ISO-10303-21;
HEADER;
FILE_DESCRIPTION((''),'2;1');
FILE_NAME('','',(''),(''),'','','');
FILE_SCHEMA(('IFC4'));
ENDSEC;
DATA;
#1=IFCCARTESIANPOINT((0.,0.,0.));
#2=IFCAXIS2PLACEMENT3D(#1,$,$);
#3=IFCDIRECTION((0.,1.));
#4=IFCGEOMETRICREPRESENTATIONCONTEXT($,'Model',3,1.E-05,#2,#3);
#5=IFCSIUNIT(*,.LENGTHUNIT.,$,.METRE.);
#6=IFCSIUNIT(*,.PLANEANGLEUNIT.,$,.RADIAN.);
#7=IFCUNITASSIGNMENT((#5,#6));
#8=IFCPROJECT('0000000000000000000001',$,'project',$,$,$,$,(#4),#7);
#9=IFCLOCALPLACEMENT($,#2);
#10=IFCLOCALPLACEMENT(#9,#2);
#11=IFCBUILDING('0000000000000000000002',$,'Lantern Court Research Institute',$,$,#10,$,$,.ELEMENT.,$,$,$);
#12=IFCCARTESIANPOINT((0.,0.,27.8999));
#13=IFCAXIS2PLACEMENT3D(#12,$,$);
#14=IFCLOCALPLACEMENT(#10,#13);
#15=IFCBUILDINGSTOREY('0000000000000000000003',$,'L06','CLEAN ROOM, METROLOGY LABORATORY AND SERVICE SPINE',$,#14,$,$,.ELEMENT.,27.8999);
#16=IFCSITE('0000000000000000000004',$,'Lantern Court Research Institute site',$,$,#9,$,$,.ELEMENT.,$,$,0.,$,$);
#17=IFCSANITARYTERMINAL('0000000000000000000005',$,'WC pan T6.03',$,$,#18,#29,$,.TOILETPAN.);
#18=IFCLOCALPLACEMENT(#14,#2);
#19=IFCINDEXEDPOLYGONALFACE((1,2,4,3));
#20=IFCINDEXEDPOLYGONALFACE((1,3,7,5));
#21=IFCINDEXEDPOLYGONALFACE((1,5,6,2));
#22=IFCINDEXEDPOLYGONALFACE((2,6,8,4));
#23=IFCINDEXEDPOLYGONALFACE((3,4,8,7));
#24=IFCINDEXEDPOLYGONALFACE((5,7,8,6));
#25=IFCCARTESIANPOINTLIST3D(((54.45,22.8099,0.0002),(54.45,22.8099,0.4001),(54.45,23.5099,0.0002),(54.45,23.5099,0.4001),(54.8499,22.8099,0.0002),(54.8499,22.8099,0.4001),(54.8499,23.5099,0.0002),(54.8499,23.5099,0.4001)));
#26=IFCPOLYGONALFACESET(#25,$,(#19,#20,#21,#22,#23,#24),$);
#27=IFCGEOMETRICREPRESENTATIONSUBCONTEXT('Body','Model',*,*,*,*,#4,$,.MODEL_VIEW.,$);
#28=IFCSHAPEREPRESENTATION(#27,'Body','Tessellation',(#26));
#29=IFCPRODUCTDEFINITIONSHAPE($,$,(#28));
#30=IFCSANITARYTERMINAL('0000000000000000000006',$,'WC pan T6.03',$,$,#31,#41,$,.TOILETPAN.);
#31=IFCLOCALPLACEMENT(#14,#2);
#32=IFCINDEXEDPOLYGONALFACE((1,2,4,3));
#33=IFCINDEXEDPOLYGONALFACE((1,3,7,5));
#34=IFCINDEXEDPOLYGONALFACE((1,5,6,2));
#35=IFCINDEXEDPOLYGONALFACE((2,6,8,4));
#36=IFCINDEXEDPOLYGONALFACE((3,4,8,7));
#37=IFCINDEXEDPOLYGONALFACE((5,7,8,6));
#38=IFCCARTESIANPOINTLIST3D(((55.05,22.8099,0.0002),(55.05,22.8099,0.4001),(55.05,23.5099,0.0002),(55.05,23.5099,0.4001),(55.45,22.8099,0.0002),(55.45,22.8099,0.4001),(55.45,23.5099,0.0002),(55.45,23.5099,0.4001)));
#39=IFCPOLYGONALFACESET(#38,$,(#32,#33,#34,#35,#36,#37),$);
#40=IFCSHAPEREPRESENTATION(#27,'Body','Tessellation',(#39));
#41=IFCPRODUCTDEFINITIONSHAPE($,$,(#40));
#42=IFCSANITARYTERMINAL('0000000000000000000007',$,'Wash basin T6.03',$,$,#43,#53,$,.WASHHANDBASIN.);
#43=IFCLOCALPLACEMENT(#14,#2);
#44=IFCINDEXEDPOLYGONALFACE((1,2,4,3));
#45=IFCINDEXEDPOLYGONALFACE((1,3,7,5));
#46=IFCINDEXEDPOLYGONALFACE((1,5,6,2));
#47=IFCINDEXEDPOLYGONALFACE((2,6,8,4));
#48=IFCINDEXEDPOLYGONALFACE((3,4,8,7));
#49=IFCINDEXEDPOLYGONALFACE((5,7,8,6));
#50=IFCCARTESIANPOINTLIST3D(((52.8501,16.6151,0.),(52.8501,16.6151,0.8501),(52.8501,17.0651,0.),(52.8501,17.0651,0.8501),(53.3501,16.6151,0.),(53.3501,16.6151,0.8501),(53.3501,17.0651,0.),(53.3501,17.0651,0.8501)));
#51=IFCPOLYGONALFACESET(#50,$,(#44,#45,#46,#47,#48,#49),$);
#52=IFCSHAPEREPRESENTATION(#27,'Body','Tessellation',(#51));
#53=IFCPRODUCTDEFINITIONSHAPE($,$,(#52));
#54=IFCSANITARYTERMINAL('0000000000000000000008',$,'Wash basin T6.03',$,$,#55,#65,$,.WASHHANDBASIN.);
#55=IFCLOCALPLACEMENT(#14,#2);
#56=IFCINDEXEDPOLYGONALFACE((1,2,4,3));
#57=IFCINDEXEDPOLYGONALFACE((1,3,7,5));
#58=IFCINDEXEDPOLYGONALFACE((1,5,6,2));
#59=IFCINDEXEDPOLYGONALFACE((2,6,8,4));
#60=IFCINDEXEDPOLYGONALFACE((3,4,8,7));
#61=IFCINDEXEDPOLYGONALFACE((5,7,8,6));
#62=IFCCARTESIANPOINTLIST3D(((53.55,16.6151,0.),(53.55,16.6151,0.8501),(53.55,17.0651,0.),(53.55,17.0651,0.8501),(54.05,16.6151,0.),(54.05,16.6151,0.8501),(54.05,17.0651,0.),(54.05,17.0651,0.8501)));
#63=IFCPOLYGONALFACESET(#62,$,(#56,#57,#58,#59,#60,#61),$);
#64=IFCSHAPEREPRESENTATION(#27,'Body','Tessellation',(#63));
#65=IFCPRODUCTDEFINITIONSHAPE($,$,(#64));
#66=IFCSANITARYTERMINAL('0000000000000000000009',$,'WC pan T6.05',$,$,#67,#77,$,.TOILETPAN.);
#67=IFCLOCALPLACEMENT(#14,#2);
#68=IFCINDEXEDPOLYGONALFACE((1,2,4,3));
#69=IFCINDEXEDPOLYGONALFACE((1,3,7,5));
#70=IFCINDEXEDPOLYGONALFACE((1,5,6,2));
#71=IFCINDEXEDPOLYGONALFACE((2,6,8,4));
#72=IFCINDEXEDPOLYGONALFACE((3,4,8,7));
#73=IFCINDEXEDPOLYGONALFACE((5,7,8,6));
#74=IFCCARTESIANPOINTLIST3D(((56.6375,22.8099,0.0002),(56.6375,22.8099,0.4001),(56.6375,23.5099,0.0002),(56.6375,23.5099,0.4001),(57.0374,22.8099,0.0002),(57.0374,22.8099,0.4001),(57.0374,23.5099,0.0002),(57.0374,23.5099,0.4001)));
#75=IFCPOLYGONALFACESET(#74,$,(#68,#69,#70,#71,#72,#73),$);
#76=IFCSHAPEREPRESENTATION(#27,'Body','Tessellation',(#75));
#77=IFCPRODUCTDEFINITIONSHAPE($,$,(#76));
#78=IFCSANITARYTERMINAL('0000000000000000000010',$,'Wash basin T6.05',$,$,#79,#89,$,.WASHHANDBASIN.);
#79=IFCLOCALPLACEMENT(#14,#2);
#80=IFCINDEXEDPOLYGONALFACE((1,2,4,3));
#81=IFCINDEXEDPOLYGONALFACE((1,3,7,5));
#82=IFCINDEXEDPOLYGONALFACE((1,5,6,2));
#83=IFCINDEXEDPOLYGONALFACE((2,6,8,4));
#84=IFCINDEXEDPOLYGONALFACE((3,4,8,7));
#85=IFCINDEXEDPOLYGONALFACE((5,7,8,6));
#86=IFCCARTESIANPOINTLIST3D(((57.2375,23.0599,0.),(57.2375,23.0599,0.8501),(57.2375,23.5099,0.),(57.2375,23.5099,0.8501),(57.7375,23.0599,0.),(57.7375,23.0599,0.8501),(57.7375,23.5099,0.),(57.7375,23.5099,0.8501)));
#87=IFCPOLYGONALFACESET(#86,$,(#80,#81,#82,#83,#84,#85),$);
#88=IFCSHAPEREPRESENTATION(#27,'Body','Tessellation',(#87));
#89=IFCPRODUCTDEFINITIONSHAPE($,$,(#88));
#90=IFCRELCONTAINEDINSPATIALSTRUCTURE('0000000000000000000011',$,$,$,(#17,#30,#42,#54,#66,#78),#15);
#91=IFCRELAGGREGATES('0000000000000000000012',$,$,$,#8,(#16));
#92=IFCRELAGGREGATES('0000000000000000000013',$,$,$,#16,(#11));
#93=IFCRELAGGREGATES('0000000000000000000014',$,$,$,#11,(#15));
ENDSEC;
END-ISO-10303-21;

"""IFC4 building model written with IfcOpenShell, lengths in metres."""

from ifc_helpers import new_model, si_unit, direction, frame, origin, origin_2d, place, context, subcontext, project, spatial, rectangle, extrude, element, save


model = new_model("IFC4")

# Units and contexts
model_context = context("Model", 3, precision=1e-05, world=origin(), true_north=direction((0.0, 1.0)))
body_context = subcontext(model_context, "Body", "Model", "MODEL_VIEW")
ifc_project = project(units=[si_unit("LENGTHUNIT", "METRE"), si_unit("PLANEANGLEUNIT", "RADIAN")], contexts=[model_context])

# Site, building, storey
site_placement = place(None, origin())
site = spatial("IfcSite", under=ifc_project, at=site_placement, Name="Lantern Court Research Institute site", CompositionType="ELEMENT", RefElevation=0.0)
building_placement = place(site_placement, origin())
building = spatial("IfcBuilding", under=site, at=building_placement, Name="Lantern Court Research Institute", CompositionType="ELEMENT")
storey_placement = place(building_placement, frame((0.0, 0.0, 27.8999)))
storey = spatial("IfcBuildingStorey", under=building, at=storey_placement, Name="L06", Description="CLEAN ROOM, METROLOGY LABORATORY AND SERVICE SPINE", CompositionType="ELEMENT", Elevation=27.8999)

# Sanitary terminals
for number, where, z_axis, x_axis, name in (
    (1, (54.6499, 23.1599, 0.0002), (0.0, 0.0, 1.0), (1.0, 0.0, 0.0), "WC pan T6.03"),
    (2, (55.25, 23.1599, 0.0002), (0.0, 0.0, 1.0), (1.0, 0.0, 0.0), "WC pan T6.03"),
):
    element("IfcSanitaryTerminal", number, at=place(storey_placement, frame(where, z_axis=z_axis, x_axis=x_axis)), inside=storey, Name=name, PredefinedType="TOILETPAN", context=body_context, shape_type="SweptSolid", body=[
        extrude(rectangle(XDim=0.3999, YDim=0.7, at=origin_2d()), origin(), (0.0, 0.0, 1.0), 0.3999),
    ])
for number, where, z_axis, x_axis, name in (
    (3, (53.1001, 16.8401, 0.0), (0.0, 0.0, 1.0), (1.0, 0.0, 0.0), "Wash basin T6.03"),
    (4, (53.8, 16.8401, 0.0), (0.0, 0.0, 1.0), (1.0, 0.0, 0.0), "Wash basin T6.03"),
):
    element("IfcSanitaryTerminal", number, at=place(storey_placement, frame(where, z_axis=z_axis, x_axis=x_axis)), inside=storey, Name=name, PredefinedType="WASHHANDBASIN", context=body_context, shape_type="SweptSolid", body=[
        extrude(rectangle(XDim=0.5, YDim=0.45, at=origin_2d()), origin(), (0.0, 0.0, 1.0), 0.8501),
    ])
sanitary_terminal_1_placement = place(storey_placement, frame((56.8374, 23.1599, 0.0002), z_axis=(0.0, 0.0, 1.0), x_axis=(1.0, 0.0, 0.0)))
element("IfcSanitaryTerminal", 5, at=sanitary_terminal_1_placement, inside=storey, Name="WC pan T6.05", PredefinedType="TOILETPAN", context=body_context, shape_type="SweptSolid", body=[
    extrude(rectangle(XDim=0.3999, YDim=0.7, at=origin_2d()), origin(), (0.0, 0.0, 1.0), 0.3999),
])
sanitary_terminal_2_placement = place(storey_placement, frame((57.4875, 23.2849, 0.0), z_axis=(0.0, 0.0, 1.0), x_axis=(1.0, 0.0, 0.0)))
element("IfcSanitaryTerminal", 6, at=sanitary_terminal_2_placement, inside=storey, Name="Wash basin T6.05", PredefinedType="WASHHANDBASIN", context=body_context, shape_type="SweptSolid", body=[
    extrude(rectangle(XDim=0.5, YDim=0.45, at=origin_2d()), origin(), (0.0, 0.0, 1.0), 0.8501),
])

save(model, "model.ifc")
